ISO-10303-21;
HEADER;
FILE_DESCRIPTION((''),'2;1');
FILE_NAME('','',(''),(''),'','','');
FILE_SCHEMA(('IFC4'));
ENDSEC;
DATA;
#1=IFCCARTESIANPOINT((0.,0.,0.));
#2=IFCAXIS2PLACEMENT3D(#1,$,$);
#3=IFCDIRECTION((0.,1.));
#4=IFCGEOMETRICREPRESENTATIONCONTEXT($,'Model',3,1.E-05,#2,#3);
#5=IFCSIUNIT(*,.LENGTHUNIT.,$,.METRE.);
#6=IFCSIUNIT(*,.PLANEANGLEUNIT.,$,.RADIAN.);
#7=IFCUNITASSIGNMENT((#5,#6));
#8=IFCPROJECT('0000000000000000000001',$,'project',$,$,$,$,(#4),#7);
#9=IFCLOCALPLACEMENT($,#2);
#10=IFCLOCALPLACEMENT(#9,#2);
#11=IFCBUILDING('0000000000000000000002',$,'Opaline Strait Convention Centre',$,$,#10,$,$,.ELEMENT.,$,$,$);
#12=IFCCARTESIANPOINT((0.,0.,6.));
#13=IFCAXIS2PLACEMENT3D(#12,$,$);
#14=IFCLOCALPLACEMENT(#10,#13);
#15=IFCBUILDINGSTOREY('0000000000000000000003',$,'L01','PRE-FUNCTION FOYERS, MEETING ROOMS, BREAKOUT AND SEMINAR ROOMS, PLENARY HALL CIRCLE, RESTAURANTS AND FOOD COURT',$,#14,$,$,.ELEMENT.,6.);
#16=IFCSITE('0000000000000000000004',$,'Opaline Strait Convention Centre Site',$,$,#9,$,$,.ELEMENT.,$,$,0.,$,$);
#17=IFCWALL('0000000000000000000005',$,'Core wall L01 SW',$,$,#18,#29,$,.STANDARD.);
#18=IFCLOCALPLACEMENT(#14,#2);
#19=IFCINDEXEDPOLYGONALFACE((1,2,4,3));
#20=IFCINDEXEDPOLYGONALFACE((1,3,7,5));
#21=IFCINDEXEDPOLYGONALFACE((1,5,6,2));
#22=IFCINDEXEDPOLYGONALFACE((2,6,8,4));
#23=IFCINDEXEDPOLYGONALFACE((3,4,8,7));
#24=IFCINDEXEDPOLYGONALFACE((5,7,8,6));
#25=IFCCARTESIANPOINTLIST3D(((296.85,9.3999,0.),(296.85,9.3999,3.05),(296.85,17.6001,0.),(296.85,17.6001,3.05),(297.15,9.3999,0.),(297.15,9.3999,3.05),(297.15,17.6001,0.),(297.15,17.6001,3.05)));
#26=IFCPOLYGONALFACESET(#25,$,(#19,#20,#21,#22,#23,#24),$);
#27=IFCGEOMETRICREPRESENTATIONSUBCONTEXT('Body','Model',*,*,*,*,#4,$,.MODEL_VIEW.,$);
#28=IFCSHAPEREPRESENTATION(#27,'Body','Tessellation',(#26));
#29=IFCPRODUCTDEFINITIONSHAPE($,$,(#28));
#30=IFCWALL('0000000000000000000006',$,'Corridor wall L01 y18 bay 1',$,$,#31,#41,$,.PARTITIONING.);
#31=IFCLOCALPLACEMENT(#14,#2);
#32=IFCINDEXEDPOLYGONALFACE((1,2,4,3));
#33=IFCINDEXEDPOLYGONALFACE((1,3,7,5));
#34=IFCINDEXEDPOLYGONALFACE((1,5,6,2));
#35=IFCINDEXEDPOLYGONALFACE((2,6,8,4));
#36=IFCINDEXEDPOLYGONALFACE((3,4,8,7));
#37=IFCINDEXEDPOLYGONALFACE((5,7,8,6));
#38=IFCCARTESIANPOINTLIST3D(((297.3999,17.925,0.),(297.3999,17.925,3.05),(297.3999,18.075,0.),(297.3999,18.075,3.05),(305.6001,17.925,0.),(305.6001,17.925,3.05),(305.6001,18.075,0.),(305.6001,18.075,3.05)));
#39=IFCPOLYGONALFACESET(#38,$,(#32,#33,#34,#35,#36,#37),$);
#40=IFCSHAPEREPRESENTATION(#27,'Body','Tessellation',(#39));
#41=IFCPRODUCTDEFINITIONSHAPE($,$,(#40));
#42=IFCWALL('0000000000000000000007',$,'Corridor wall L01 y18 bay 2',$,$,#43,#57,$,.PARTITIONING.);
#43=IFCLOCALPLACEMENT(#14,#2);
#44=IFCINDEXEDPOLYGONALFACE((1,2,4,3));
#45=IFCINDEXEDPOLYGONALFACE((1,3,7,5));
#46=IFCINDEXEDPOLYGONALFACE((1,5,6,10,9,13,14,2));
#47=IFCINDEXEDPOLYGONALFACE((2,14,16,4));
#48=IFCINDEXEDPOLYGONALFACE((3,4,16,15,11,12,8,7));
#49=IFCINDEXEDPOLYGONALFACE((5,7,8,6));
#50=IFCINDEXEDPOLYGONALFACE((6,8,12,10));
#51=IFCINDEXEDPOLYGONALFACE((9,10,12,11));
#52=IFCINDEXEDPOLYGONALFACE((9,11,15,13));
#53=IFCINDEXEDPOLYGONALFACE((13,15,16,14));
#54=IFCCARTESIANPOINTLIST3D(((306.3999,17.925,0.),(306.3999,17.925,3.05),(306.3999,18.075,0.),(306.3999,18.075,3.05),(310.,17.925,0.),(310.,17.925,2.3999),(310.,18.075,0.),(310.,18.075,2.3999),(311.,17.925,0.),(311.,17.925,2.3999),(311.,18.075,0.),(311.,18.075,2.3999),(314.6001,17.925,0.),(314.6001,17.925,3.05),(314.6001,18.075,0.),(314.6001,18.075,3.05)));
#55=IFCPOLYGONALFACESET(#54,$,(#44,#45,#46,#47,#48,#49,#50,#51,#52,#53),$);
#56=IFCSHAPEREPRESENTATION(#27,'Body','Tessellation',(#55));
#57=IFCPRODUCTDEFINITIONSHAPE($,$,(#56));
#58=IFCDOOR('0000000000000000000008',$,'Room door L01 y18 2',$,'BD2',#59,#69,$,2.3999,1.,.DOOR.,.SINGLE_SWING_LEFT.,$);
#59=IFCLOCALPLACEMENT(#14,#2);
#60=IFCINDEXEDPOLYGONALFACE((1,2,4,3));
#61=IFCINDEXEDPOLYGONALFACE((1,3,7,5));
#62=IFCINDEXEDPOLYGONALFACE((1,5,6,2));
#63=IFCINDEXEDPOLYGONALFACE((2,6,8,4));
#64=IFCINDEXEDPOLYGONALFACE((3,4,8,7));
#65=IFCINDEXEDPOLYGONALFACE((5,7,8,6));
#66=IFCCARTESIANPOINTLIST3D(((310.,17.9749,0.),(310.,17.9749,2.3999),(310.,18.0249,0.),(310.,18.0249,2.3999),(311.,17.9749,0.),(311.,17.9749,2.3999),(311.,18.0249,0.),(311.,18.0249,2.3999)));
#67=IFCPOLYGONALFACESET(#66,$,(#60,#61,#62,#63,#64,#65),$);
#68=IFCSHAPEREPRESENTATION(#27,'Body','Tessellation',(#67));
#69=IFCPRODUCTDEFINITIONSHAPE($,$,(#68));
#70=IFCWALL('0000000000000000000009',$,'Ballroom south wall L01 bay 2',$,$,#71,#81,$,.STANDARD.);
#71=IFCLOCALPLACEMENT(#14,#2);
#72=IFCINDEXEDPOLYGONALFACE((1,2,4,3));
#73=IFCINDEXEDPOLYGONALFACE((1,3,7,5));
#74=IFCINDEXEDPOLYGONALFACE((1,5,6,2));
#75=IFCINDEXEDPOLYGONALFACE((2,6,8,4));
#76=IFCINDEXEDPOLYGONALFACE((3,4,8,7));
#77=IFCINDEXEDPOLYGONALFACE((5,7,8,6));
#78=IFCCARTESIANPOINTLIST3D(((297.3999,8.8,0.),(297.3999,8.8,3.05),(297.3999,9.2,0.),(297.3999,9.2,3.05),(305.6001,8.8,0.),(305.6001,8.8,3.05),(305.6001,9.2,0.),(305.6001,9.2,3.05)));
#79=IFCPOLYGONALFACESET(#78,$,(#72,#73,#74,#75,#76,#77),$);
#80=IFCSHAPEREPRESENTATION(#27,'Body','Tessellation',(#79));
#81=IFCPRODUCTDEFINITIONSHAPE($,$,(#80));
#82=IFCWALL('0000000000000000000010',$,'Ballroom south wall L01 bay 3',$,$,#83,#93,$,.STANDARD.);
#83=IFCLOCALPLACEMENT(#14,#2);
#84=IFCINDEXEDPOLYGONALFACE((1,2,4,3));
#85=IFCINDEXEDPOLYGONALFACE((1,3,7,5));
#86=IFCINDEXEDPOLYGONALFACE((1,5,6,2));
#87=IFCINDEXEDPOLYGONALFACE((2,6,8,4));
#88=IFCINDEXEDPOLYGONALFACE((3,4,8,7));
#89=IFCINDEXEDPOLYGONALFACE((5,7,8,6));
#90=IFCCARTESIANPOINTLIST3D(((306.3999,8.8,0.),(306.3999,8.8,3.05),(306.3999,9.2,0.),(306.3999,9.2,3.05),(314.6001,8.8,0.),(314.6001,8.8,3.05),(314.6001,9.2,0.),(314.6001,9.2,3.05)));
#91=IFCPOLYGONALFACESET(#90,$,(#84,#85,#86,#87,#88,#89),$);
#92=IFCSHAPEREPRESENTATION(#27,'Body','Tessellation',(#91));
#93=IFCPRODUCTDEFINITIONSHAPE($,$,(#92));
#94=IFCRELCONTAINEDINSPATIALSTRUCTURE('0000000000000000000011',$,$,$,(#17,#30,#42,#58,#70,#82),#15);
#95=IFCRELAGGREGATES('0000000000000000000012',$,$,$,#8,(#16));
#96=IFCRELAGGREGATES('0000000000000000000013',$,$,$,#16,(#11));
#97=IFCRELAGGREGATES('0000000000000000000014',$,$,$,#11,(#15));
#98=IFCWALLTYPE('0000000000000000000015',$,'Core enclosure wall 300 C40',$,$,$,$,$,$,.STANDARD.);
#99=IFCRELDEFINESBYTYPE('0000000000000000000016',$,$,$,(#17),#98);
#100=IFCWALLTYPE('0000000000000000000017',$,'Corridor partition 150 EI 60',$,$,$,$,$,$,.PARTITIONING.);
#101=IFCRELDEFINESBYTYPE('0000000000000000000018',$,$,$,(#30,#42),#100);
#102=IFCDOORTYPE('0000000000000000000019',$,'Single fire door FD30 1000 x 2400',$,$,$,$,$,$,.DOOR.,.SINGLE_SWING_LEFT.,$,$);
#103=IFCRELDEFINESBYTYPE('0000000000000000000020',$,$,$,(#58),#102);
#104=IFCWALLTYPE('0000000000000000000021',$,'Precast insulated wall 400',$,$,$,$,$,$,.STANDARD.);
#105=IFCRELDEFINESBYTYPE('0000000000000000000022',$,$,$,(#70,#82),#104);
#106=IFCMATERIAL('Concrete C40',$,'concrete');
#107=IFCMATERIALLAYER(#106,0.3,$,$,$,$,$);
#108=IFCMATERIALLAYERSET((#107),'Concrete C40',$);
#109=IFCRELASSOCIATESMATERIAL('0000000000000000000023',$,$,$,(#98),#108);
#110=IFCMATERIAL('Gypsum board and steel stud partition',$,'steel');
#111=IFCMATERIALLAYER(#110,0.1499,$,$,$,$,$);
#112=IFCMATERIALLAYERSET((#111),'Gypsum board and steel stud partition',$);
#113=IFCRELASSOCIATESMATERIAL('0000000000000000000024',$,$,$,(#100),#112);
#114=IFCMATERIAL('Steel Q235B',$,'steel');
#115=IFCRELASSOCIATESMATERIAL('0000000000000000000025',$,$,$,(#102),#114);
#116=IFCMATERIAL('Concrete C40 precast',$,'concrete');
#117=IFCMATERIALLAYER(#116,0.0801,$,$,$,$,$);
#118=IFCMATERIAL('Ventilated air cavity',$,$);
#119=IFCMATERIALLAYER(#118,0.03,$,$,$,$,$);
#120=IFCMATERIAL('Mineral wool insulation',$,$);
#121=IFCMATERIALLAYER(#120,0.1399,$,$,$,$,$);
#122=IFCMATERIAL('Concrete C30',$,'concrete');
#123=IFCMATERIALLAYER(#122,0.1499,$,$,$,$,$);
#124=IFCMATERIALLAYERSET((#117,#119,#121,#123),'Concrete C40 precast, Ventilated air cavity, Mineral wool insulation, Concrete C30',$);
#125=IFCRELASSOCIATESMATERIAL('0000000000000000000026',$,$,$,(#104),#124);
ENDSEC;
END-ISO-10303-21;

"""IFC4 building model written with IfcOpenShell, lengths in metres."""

from ifc_helpers import new_model, si_unit, direction, frame, frame_2d, origin, place, context, subcontext, project, spatial, rectangle, extrude, material, layer, layer_set, type_object, element, fill, save


model = new_model("IFC4")

# Units and contexts
model_context = context("Model", 3, precision=1e-05, world=origin(), true_north=direction((0.0, 1.0)))
body_context = subcontext(model_context, "Body", "Model", "MODEL_VIEW")
ifc_project = project(units=[si_unit("LENGTHUNIT", "METRE"), si_unit("PLANEANGLEUNIT", "RADIAN")], contexts=[model_context])

# Site, building, storey
site_placement = place(None, origin())
site = spatial("IfcSite", under=ifc_project, at=site_placement, Name="Opaline Strait Convention Centre Site", CompositionType="ELEMENT", RefElevation=0.0)
building_placement = place(site_placement, origin())
building = spatial("IfcBuilding", under=site, at=building_placement, Name="Opaline Strait Convention Centre", CompositionType="ELEMENT")
storey_placement = place(building_placement, frame((0.0, 0.0, 6.0)))
storey = spatial("IfcBuildingStorey", under=building, at=storey_placement, Name="L01", Description="PRE-FUNCTION FOYERS, MEETING ROOMS, BREAKOUT AND SEMINAR ROOMS, PLENARY HALL CIRCLE, RESTAURANTS AND FOOD COURT", CompositionType="ELEMENT", Elevation=6.0)

# Shared definitions
ifc_material_1 = material(Name="Concrete C40", Category="concrete")

# Shared definitions
ifc_layer_1 = layer(ifc_material_1, 0.3)
ifc_layer_set_1 = layer_set([ifc_layer_1], Name="Concrete C40")
wall_type_1 = type_object("IfcWallType", Name="Core enclosure wall 300 C40", PredefinedType="STANDARD", material=ifc_layer_set_1)
ifc_material_2 = material(Name="Steel Q235B", Category="steel")

# Wall
wall_1_placement = place(storey_placement, frame((297.0, 9.3999, 0.0), z_axis=(0.0, 0.0, 1.0), x_axis=(0.0, 1.0, 0.0)))
element("IfcWall", 1, at=wall_1_placement, inside=storey, type_object=wall_type_1, Name="Core wall L01 SW", PredefinedType="STANDARD", context=body_context, shape_type="SweptSolid", body=[
    extrude(rectangle(XDim=8.2002, YDim=0.3, at=frame_2d((4.1001, 0.0))), origin(), (0.0, 0.0, 1.0), 3.05),
])

# Shared definitions
ifc_material_3 = material(Name="Gypsum board and steel stud partition", Category="steel")
ifc_layer_2 = layer(ifc_material_3, 0.1499)
ifc_layer_set_2 = layer_set([ifc_layer_2], Name="Gypsum board and steel stud partition")
wall_type_2 = type_object("IfcWallType", Name="Corridor partition 150 EI 60", PredefinedType="PARTITIONING", material=ifc_layer_set_2)

# Wall
wall_2_placement = place(storey_placement, frame((297.3999, 18.0, 0.0), z_axis=(0.0, 0.0, 1.0), x_axis=(1.0, 0.0, 0.0)))
element("IfcWall", 2, at=wall_2_placement, inside=storey, type_object=wall_type_2, Name="Corridor wall L01 y18 bay 1", PredefinedType="PARTITIONING", context=body_context, shape_type="SweptSolid", body=[
    extrude(rectangle(XDim=8.2002, YDim=0.1499, at=frame_2d((4.1001, 0.0))), origin(), (0.0, 0.0, 1.0), 3.05),
])

# Wall, opening, door
wall_3_placement = place(storey_placement, frame((306.3999, 18.0, 0.0), z_axis=(0.0, 0.0, 1.0), x_axis=(1.0, 0.0, 0.0)))
wall_3 = element("IfcWall", 3, at=wall_3_placement, inside=storey, type_object=wall_type_2, Name="Corridor wall L01 y18 bay 2", PredefinedType="PARTITIONING", context=body_context, shape_type="SweptSolid", body=[
    extrude(rectangle(XDim=8.2002, YDim=0.1499, at=frame_2d((4.1001, 0.0))), origin(), (0.0, 0.0, 1.0), 3.05),
])
opening_1_placement = place(wall_3_placement, frame((3.6001, 0.0, 0.0)))
opening_1 = element("IfcOpeningElement", 4, at=opening_1_placement, cuts=wall_3, PredefinedType="OPENING", context=body_context, shape_type="SweptSolid", body=[
    extrude(rectangle(XDim=1.0, YDim=2.3999, at=frame_2d((0.5, 1.2))), frame((0.0, 0.085, 0.0), z_axis=(0.0, -1.0, 0.0), x_axis=(1.0, 0.0, 0.0)), (0.0, 0.0, 1.0), 0.1699),
])
door_type_1 = type_object("IfcDoorType", Name="Single fire door FD30 1000 x 2400", OperationType="SINGLE_SWING_LEFT", PredefinedType="DOOR", material=ifc_material_2)
door_1_placement = place(opening_1_placement, origin())
door_1 = element("IfcDoor", 5, at=door_1_placement, inside=storey, type_object=door_type_1, Name="Room door L01 y18 2", ObjectType="BD2", OperationType="SINGLE_SWING_LEFT", OverallHeight=2.3999, OverallWidth=1.0, PredefinedType="DOOR", context=body_context, shape_type="SweptSolid", body=[
    extrude(rectangle(XDim=1.0, YDim=2.3999, at=frame_2d((0.5, 1.2))), frame((0.0, 0.0249, 0.0), z_axis=(0.0, -1.0, 0.0), x_axis=(1.0, 0.0, 0.0)), (0.0, 0.0, 1.0), 0.05),
])
fill(opening_1, door_1)

# Walls
ifc_material_4 = material(Name="Concrete C40 precast", Category="concrete")
ifc_layer_3 = layer(ifc_material_4, 0.0801)
ifc_material_5 = material(Name="Ventilated air cavity")
ifc_layer_4 = layer(ifc_material_5, 0.03)
ifc_material_6 = material(Name="Mineral wool insulation")
ifc_layer_5 = layer(ifc_material_6, 0.1399)
ifc_material_7 = material(Name="Concrete C30", Category="concrete")
ifc_layer_6 = layer(ifc_material_7, 0.1499)
ifc_layer_set_3 = layer_set([ifc_layer_3, ifc_layer_4, ifc_layer_5, ifc_layer_6], Name="Concrete C40 precast, Ventilated air cavity, Mineral wool insulation, Concrete C30")
wall_type_3 = type_object("IfcWallType", Name="Precast insulated wall 400", PredefinedType="STANDARD", material=ifc_layer_set_3)
for number, where, z_axis, x_axis, name in (
    (6, (297.3999, 9.0, 0.0), (0.0, 0.0, 1.0), (1.0, 0.0, 0.0), "Ballroom south wall L01 bay 2"),
    (7, (306.3999, 9.0, 0.0), (0.0, 0.0, 1.0), (1.0, 0.0, 0.0), "Ballroom south wall L01 bay 3"),
):
    element("IfcWall", number, at=place(storey_placement, frame(where, z_axis=z_axis, x_axis=x_axis)), inside=storey, type_object=wall_type_3, Name=name, PredefinedType="STANDARD", context=body_context, shape_type="SweptSolid", body=[
        extrude(rectangle(XDim=8.2002, YDim=0.3999, at=frame_2d((4.1001, 0.0))), origin(), (0.0, 0.0, 1.0), 3.05),
    ])

save(model, "model.ifc")
